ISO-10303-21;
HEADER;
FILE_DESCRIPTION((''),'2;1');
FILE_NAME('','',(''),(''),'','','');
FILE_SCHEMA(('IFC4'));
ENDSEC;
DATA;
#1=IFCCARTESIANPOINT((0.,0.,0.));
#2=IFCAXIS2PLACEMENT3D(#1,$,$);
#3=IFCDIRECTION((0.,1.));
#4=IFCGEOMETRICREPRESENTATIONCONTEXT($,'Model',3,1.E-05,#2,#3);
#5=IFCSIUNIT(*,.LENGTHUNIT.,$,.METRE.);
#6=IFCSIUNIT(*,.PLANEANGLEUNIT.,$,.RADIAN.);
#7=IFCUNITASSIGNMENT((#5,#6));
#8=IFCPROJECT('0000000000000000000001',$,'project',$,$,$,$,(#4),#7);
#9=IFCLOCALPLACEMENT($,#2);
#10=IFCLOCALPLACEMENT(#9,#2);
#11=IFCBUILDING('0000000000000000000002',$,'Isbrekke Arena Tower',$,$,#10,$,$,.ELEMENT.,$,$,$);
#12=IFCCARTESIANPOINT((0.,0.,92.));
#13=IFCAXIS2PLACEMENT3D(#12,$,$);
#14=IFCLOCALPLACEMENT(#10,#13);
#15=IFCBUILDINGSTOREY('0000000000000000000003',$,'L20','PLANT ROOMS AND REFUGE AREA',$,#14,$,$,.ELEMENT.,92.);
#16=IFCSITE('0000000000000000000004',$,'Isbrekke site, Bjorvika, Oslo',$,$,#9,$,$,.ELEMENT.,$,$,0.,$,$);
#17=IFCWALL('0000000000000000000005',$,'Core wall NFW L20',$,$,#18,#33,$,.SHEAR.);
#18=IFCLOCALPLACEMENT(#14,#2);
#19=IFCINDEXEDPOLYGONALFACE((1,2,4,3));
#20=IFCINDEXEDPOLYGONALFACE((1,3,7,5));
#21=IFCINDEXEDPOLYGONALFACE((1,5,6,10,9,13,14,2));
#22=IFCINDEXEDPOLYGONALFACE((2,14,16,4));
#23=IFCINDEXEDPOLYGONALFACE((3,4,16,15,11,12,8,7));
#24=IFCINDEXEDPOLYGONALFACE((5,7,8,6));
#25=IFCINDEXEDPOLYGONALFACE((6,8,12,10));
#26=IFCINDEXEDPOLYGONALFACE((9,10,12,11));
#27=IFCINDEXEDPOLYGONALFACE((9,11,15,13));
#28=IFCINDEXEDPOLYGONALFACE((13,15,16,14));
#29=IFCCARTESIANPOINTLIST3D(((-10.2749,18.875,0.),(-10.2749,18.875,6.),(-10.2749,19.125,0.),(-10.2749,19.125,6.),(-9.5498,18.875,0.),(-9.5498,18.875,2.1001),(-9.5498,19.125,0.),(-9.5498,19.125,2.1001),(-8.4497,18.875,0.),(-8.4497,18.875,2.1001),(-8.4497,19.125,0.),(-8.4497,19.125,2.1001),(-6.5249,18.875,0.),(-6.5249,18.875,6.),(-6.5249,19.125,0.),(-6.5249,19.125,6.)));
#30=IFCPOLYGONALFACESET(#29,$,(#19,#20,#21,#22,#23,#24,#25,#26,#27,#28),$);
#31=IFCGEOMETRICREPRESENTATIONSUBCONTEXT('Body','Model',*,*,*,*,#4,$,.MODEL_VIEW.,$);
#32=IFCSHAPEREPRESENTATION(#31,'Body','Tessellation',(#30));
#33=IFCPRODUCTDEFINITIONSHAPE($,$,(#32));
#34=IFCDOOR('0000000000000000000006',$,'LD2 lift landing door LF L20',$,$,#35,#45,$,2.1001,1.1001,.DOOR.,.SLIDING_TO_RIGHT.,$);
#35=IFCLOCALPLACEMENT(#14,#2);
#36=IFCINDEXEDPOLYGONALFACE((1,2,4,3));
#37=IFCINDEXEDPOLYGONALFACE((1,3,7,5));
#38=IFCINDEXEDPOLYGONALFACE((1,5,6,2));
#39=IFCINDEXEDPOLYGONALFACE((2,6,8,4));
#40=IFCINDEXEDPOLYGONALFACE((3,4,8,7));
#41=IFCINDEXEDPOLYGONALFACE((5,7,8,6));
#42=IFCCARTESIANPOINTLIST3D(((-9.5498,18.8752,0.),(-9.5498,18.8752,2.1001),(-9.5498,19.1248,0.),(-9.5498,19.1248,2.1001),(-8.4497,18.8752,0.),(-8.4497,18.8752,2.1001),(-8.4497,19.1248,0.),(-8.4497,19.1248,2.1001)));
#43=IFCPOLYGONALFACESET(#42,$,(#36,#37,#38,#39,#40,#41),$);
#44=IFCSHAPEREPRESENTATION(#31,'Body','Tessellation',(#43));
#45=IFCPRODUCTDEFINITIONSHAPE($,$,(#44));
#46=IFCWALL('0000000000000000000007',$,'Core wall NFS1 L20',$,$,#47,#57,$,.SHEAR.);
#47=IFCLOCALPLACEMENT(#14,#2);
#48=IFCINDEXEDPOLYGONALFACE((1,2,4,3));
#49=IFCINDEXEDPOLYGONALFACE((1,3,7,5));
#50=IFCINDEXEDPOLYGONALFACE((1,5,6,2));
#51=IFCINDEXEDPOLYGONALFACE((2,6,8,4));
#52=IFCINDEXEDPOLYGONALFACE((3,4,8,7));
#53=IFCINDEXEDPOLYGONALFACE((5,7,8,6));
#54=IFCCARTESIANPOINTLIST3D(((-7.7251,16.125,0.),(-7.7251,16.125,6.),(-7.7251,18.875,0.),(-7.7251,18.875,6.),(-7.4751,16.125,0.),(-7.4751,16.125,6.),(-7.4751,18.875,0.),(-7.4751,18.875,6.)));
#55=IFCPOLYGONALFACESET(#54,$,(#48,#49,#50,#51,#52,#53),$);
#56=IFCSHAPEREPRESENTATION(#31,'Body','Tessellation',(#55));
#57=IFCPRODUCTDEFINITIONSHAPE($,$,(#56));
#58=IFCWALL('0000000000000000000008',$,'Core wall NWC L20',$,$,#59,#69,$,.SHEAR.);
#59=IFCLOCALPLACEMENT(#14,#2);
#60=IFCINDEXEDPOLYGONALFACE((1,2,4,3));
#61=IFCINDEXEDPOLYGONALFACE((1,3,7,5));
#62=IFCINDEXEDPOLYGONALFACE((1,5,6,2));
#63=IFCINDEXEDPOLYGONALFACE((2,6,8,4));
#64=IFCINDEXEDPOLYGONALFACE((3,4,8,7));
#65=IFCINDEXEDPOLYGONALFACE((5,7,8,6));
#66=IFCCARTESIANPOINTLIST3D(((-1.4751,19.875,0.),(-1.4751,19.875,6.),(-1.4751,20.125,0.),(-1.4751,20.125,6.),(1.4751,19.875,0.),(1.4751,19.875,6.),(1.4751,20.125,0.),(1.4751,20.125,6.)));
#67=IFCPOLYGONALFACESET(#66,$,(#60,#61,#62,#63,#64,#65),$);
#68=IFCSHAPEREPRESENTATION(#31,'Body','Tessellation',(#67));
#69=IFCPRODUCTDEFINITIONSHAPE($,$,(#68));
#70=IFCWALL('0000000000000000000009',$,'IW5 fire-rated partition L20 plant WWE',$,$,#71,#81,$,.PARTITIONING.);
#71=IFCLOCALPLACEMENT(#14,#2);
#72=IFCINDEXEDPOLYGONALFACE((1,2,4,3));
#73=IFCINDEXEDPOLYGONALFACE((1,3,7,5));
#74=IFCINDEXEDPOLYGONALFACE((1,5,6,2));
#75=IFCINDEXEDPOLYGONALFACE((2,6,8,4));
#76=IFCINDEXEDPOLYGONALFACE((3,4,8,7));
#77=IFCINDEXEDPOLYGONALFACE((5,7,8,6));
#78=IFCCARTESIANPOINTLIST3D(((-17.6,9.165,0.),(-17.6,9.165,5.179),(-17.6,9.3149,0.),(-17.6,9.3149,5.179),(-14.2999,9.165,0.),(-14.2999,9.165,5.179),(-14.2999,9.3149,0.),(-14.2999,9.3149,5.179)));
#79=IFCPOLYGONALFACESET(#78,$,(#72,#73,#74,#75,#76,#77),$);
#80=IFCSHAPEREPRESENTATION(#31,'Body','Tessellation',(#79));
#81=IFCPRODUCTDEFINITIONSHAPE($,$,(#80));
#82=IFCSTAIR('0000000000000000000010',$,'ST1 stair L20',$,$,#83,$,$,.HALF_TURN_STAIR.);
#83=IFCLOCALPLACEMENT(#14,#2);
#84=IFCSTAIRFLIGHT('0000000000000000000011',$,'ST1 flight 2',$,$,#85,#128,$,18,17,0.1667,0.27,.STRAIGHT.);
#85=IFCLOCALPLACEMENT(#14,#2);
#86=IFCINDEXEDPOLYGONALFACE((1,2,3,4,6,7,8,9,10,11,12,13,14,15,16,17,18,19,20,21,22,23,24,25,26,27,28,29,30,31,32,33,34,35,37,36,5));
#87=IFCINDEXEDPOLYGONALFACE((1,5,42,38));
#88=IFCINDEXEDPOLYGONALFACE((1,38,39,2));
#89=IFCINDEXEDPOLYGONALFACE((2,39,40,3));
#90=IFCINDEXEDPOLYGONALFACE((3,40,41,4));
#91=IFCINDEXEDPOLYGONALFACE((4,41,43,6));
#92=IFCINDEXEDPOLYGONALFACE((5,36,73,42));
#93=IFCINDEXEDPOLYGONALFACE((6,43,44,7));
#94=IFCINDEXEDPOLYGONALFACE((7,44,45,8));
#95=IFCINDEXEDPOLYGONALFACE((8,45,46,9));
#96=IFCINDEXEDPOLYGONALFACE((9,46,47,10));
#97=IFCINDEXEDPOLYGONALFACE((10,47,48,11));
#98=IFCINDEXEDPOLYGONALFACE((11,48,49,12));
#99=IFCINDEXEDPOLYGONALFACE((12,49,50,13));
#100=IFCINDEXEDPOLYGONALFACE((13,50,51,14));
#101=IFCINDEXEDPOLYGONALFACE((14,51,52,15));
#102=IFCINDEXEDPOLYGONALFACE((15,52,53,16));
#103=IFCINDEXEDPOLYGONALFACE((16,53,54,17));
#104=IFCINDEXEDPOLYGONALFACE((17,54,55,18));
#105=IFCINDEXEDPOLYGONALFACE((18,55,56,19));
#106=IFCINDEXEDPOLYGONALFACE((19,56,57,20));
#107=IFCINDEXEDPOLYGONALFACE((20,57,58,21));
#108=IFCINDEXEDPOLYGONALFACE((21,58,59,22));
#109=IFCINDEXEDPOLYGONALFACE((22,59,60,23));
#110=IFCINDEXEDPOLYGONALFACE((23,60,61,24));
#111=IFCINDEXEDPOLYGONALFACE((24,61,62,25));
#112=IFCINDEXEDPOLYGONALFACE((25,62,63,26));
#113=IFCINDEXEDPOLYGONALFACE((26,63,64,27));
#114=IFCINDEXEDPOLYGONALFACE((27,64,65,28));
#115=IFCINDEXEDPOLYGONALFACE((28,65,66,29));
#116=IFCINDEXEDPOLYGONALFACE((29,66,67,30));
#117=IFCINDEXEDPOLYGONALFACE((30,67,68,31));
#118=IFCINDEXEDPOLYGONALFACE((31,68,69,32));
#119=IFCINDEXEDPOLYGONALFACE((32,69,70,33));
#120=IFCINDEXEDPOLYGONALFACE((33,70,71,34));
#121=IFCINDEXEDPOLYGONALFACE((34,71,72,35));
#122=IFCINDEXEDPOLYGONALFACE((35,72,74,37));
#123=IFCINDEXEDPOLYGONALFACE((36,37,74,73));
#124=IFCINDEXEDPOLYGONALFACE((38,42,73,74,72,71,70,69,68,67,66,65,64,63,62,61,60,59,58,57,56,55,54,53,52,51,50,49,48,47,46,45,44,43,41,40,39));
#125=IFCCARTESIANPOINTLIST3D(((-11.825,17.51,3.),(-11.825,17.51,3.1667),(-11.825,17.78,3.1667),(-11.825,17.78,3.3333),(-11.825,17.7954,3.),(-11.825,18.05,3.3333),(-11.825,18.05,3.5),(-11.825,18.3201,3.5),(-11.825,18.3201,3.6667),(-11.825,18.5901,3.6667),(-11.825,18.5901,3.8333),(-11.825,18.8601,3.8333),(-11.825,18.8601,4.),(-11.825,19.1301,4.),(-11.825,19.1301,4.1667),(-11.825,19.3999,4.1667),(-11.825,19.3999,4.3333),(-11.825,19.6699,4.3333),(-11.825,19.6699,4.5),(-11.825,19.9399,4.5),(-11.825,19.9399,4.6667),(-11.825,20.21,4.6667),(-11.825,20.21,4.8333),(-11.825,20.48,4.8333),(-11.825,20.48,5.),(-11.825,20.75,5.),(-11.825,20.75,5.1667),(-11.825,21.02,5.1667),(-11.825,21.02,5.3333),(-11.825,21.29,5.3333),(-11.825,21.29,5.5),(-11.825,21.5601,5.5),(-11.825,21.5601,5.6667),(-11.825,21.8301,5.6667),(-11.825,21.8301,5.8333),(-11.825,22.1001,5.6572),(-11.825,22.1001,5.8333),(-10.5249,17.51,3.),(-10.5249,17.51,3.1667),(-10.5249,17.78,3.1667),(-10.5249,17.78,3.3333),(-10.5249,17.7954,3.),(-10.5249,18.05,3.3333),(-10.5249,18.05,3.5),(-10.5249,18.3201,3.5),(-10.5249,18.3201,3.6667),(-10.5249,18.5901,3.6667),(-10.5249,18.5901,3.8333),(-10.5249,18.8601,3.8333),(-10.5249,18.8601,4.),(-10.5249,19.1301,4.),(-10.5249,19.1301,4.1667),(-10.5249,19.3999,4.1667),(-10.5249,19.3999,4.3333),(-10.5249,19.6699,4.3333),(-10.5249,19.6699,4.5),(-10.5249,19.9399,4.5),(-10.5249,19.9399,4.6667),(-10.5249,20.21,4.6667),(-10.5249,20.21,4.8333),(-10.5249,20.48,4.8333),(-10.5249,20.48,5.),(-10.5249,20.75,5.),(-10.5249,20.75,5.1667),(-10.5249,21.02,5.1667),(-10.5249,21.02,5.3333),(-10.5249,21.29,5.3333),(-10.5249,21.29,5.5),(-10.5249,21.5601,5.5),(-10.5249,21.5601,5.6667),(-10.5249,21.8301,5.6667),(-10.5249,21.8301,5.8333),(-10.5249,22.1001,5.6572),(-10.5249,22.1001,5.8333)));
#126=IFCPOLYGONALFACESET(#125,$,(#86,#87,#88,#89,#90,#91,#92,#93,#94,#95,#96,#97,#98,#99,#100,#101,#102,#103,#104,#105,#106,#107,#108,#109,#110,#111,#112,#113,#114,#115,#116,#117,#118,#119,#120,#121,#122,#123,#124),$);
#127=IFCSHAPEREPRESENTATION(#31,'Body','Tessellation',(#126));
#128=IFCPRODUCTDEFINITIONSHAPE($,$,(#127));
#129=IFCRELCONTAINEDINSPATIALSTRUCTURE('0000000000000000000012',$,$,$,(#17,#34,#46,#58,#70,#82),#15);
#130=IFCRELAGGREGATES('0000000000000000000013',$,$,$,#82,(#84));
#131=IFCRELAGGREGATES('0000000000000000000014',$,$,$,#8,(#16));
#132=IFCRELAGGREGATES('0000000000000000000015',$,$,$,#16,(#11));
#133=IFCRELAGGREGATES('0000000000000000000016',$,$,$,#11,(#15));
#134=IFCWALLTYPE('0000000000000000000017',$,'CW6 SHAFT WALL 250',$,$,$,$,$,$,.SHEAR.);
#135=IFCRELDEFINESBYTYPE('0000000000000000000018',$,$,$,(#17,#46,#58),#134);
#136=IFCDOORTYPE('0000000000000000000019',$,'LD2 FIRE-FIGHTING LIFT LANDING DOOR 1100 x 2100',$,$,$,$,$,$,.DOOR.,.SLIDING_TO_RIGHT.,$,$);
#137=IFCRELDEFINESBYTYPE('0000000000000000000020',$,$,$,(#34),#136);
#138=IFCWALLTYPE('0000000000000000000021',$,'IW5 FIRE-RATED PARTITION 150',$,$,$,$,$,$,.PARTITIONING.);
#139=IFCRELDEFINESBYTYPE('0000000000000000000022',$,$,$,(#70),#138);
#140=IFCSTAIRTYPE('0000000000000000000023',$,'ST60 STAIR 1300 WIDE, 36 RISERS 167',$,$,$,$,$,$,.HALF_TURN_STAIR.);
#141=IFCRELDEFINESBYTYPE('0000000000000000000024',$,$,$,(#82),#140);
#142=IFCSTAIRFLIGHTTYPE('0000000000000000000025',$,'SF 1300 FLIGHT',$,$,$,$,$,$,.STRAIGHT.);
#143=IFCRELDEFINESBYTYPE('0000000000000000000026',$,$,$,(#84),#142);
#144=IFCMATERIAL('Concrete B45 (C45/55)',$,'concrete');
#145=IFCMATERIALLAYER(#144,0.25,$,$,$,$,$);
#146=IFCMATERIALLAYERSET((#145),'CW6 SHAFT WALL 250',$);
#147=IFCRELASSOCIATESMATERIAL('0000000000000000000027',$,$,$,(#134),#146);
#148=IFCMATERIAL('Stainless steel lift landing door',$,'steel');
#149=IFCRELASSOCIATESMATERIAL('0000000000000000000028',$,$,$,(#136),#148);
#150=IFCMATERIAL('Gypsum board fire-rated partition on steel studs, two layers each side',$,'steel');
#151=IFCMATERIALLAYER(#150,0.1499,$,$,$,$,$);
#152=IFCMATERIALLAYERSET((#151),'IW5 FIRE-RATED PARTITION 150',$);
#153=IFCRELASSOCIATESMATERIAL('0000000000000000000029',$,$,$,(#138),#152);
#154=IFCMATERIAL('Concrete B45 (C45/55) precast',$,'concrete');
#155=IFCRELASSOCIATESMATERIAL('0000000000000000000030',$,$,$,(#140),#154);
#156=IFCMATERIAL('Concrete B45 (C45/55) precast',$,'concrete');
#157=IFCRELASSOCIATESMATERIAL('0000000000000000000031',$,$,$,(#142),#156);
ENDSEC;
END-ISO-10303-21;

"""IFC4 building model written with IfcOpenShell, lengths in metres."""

from ifc_helpers import new_model, si_unit, direction, frame, frame_2d, origin, place, context, subcontext, project, spatial, polyline, rectangle, outline, extrude, material, layer, layer_set, type_object, element, fill, aggregate, save


model = new_model("IFC4")

# Units and contexts
model_context = context("Model", 3, precision=1e-05, world=origin(), true_north=direction((0.0, 1.0)))
body_context = subcontext(model_context, "Body", "Model", "MODEL_VIEW")
ifc_project = project(units=[si_unit("LENGTHUNIT", "METRE"), si_unit("PLANEANGLEUNIT", "RADIAN")], contexts=[model_context])

# Site, building, storey
site_placement = place(None, origin())
site = spatial("IfcSite", under=ifc_project, at=site_placement, Name="Isbrekke site, Bjorvika, Oslo", CompositionType="ELEMENT", RefElevation=0.0)
building_placement = place(site_placement, origin())
building = spatial("IfcBuilding", under=site, at=building_placement, Name="Isbrekke Arena Tower", CompositionType="ELEMENT")
storey_placement = place(building_placement, frame((0.0, 0.0, 92.0)))
storey = spatial("IfcBuildingStorey", under=building, at=storey_placement, Name="L20", Description="PLANT ROOMS AND REFUGE AREA", CompositionType="ELEMENT", Elevation=92.0)

# Shared definitions
ifc_material_1 = material(Name="Concrete B45 (C45/55)", Category="concrete")
ifc_layer_1 = layer(ifc_material_1, 0.25)
ifc_layer_set_1 = layer_set([ifc_layer_1], Name="CW6 SHAFT WALL 250")
wall_type_1 = type_object("IfcWallType", Name="CW6 SHAFT WALL 250", PredefinedType="SHEAR", material=ifc_layer_set_1)

# Wall, opening, door
wall_1_placement = place(storey_placement, frame((-10.2749, 19.0, 0.0), z_axis=(0.0, 0.0, 1.0), x_axis=(1.0, 0.0, 0.0)))
wall_1 = element("IfcWall", 1, at=wall_1_placement, inside=storey, type_object=wall_type_1, Name="Core wall NFW L20", PredefinedType="SHEAR", context=body_context, shape_type="SweptSolid", body=[
    extrude(rectangle(XDim=3.75, YDim=0.25, at=frame_2d((1.875, 0.0))), origin(), (0.0, 0.0, 1.0), 6.0),
])
opening_1_placement = place(wall_1_placement, frame((0.7251, 0.0, 0.0)))
opening_1 = element("IfcOpeningElement", 2, at=opening_1_placement, cuts=wall_1, PredefinedType="OPENING", context=body_context, shape_type="SweptSolid", body=[
    extrude(rectangle(XDim=1.1001, YDim=2.1001, at=frame_2d((0.55, 1.05))), frame((0.0, 0.1399, 0.0), z_axis=(0.0, -1.0, 0.0), x_axis=(1.0, 0.0, 0.0)), (0.0, 0.0, 1.0), 0.2798),
])
ifc_material_2 = material(Name="Stainless steel lift landing door", Category="steel")
door_type_1 = type_object("IfcDoorType", Name="LD2 FIRE-FIGHTING LIFT LANDING DOOR 1100 x 2100", OperationType="SLIDING_TO_RIGHT", PredefinedType="DOOR", material=ifc_material_2)
door_1_placement = place(opening_1_placement, origin())
door_1 = element("IfcDoor", 3, at=door_1_placement, inside=storey, type_object=door_type_1, Name="LD2 lift landing door LF L20", OperationType="SLIDING_TO_RIGHT", OverallHeight=2.1001, OverallWidth=1.1001, PredefinedType="DOOR", context=body_context, shape_type="SweptSolid", body=[
    extrude(rectangle(XDim=1.1001, YDim=2.1001, at=frame_2d((0.55, 1.05))), frame((0.0, 0.1248, 0.0), z_axis=(0.0, -1.0, 0.0), x_axis=(1.0, 0.0, 0.0)), (0.0, 0.0, 1.0), 0.2495),
])
fill(opening_1, door_1)

# Walls
wall_2_placement = place(storey_placement, frame((-7.6001, 16.125, 0.0), z_axis=(0.0, 0.0, 1.0), x_axis=(0.0, 1.0, 0.0)))
element("IfcWall", 4, at=wall_2_placement, inside=storey, type_object=wall_type_1, Name="Core wall NFS1 L20", PredefinedType="SHEAR", context=body_context, shape_type="SweptSolid", body=[
    extrude(rectangle(XDim=2.75, YDim=0.25, at=frame_2d((1.375, 0.0))), origin(), (0.0, 0.0, 1.0), 6.0),
])
wall_3_placement = place(storey_placement, frame((-1.4751, 20.0, 0.0), z_axis=(0.0, 0.0, 1.0), x_axis=(1.0, 0.0, 0.0)))
element("IfcWall", 5, at=wall_3_placement, inside=storey, type_object=wall_type_1, Name="Core wall NWC L20", PredefinedType="SHEAR", context=body_context, shape_type="SweptSolid", body=[
    extrude(rectangle(XDim=2.9502, YDim=0.25, at=frame_2d((1.4751, 0.0))), origin(), (0.0, 0.0, 1.0), 6.0),
])
ifc_material_3 = material(Name="Gypsum board fire-rated partition on steel studs, two layers each side", Category="steel")
ifc_layer_2 = layer(ifc_material_3, 0.1499)
ifc_layer_set_2 = layer_set([ifc_layer_2], Name="IW5 FIRE-RATED PARTITION 150")
wall_type_2 = type_object("IfcWallType", Name="IW5 FIRE-RATED PARTITION 150", PredefinedType="PARTITIONING", material=ifc_layer_set_2)
wall_4_placement = place(storey_placement, frame((-14.3, 9.24, 0.0), z_axis=(0.0, 0.0, 1.0), x_axis=(-1.0, 0.0, 0.0)))
element("IfcWall", 6, at=wall_4_placement, inside=storey, type_object=wall_type_2, Name="IW5 fire-rated partition L20 plant WWE", PredefinedType="PARTITIONING", context=body_context, shape_type="SweptSolid", body=[
    extrude(rectangle(XDim=3.3, YDim=0.1499, at=frame_2d((1.6499, 0.0))), origin(), (0.0, 0.0, 1.0), 5.179),
])

# Stair, stair flight
ifc_material_4 = material(Name="Concrete B45 (C45/55) precast", Category="concrete")
stair_type = type_object("IfcStairType", Name="ST60 STAIR 1300 WIDE, 36 RISERS 167", PredefinedType="HALF_TURN_STAIR", material=ifc_material_4)
stair_placement = place(storey_placement, origin())
stair = element("IfcStair", 7, at=stair_placement, inside=storey, type_object=stair_type, Name="ST1 stair L20", PredefinedType="HALF_TURN_STAIR")
ifc_material_5 = material(Name="Concrete B45 (C45/55) precast", Category="concrete")
stair_flight_type = type_object("IfcStairFlightType", Name="SF 1300 FLIGHT", PredefinedType="STRAIGHT", material=ifc_material_5)
stair_flight_placement = place(storey_placement, frame((-11.175, 17.51, 3.0), z_axis=(0.0, 0.0, 1.0), x_axis=(0.0, 1.0, 0.0)))
stair_flight = element("IfcStairFlight", 8, at=stair_flight_placement, type_object=stair_flight_type, Name="ST1 flight 2", NumberOfRisers=18, NumberOfTreads=17, PredefinedType="STRAIGHT", RiserHeight=0.1667, TreadLength=0.27, context=body_context, shape_type="SweptSolid", body=[
    extrude(outline(polyline([(0.0, 0.0), (0.0, 0.1667), (0.27, 0.1667), (0.27, 0.3333), (0.54, 0.3333), (0.54, 0.5), (0.8101, 0.5), (0.8101, 0.6667), (1.0801, 0.6667), (1.0801, 0.8333), (1.3501, 0.8333), (1.3501, 1.0), (1.6201, 1.0), (1.6201, 1.1667), (1.8899, 1.1667), (1.8899, 1.3333), (2.1599, 1.3333), (2.1599, 1.5), (2.4299, 1.5), (2.4299, 1.6667), (2.7, 1.6667), (2.7, 1.8333), (2.97, 1.8333), (2.97, 2.0), (3.24, 2.0), (3.24, 2.1667), (3.51, 2.1667), (3.51, 2.3333), (3.78, 2.3333), (3.78, 2.5), (4.05, 2.5), (4.05, 2.6667), (4.3201, 2.6667), (4.3201, 2.8333), (4.5901, 2.8333), (4.5901, 3.0), (4.5901, 2.6572), (0.2854, 0.0), (0.0, 0.0)])), frame((0.0, 0.6499, 0.0), z_axis=(0.0, -1.0, 0.0), x_axis=(1.0, 0.0, 0.0)), (0.0, 0.0, 1.0), 1.3),
])
aggregate(stair, [stair_flight])

save(model, "model.ifc")
